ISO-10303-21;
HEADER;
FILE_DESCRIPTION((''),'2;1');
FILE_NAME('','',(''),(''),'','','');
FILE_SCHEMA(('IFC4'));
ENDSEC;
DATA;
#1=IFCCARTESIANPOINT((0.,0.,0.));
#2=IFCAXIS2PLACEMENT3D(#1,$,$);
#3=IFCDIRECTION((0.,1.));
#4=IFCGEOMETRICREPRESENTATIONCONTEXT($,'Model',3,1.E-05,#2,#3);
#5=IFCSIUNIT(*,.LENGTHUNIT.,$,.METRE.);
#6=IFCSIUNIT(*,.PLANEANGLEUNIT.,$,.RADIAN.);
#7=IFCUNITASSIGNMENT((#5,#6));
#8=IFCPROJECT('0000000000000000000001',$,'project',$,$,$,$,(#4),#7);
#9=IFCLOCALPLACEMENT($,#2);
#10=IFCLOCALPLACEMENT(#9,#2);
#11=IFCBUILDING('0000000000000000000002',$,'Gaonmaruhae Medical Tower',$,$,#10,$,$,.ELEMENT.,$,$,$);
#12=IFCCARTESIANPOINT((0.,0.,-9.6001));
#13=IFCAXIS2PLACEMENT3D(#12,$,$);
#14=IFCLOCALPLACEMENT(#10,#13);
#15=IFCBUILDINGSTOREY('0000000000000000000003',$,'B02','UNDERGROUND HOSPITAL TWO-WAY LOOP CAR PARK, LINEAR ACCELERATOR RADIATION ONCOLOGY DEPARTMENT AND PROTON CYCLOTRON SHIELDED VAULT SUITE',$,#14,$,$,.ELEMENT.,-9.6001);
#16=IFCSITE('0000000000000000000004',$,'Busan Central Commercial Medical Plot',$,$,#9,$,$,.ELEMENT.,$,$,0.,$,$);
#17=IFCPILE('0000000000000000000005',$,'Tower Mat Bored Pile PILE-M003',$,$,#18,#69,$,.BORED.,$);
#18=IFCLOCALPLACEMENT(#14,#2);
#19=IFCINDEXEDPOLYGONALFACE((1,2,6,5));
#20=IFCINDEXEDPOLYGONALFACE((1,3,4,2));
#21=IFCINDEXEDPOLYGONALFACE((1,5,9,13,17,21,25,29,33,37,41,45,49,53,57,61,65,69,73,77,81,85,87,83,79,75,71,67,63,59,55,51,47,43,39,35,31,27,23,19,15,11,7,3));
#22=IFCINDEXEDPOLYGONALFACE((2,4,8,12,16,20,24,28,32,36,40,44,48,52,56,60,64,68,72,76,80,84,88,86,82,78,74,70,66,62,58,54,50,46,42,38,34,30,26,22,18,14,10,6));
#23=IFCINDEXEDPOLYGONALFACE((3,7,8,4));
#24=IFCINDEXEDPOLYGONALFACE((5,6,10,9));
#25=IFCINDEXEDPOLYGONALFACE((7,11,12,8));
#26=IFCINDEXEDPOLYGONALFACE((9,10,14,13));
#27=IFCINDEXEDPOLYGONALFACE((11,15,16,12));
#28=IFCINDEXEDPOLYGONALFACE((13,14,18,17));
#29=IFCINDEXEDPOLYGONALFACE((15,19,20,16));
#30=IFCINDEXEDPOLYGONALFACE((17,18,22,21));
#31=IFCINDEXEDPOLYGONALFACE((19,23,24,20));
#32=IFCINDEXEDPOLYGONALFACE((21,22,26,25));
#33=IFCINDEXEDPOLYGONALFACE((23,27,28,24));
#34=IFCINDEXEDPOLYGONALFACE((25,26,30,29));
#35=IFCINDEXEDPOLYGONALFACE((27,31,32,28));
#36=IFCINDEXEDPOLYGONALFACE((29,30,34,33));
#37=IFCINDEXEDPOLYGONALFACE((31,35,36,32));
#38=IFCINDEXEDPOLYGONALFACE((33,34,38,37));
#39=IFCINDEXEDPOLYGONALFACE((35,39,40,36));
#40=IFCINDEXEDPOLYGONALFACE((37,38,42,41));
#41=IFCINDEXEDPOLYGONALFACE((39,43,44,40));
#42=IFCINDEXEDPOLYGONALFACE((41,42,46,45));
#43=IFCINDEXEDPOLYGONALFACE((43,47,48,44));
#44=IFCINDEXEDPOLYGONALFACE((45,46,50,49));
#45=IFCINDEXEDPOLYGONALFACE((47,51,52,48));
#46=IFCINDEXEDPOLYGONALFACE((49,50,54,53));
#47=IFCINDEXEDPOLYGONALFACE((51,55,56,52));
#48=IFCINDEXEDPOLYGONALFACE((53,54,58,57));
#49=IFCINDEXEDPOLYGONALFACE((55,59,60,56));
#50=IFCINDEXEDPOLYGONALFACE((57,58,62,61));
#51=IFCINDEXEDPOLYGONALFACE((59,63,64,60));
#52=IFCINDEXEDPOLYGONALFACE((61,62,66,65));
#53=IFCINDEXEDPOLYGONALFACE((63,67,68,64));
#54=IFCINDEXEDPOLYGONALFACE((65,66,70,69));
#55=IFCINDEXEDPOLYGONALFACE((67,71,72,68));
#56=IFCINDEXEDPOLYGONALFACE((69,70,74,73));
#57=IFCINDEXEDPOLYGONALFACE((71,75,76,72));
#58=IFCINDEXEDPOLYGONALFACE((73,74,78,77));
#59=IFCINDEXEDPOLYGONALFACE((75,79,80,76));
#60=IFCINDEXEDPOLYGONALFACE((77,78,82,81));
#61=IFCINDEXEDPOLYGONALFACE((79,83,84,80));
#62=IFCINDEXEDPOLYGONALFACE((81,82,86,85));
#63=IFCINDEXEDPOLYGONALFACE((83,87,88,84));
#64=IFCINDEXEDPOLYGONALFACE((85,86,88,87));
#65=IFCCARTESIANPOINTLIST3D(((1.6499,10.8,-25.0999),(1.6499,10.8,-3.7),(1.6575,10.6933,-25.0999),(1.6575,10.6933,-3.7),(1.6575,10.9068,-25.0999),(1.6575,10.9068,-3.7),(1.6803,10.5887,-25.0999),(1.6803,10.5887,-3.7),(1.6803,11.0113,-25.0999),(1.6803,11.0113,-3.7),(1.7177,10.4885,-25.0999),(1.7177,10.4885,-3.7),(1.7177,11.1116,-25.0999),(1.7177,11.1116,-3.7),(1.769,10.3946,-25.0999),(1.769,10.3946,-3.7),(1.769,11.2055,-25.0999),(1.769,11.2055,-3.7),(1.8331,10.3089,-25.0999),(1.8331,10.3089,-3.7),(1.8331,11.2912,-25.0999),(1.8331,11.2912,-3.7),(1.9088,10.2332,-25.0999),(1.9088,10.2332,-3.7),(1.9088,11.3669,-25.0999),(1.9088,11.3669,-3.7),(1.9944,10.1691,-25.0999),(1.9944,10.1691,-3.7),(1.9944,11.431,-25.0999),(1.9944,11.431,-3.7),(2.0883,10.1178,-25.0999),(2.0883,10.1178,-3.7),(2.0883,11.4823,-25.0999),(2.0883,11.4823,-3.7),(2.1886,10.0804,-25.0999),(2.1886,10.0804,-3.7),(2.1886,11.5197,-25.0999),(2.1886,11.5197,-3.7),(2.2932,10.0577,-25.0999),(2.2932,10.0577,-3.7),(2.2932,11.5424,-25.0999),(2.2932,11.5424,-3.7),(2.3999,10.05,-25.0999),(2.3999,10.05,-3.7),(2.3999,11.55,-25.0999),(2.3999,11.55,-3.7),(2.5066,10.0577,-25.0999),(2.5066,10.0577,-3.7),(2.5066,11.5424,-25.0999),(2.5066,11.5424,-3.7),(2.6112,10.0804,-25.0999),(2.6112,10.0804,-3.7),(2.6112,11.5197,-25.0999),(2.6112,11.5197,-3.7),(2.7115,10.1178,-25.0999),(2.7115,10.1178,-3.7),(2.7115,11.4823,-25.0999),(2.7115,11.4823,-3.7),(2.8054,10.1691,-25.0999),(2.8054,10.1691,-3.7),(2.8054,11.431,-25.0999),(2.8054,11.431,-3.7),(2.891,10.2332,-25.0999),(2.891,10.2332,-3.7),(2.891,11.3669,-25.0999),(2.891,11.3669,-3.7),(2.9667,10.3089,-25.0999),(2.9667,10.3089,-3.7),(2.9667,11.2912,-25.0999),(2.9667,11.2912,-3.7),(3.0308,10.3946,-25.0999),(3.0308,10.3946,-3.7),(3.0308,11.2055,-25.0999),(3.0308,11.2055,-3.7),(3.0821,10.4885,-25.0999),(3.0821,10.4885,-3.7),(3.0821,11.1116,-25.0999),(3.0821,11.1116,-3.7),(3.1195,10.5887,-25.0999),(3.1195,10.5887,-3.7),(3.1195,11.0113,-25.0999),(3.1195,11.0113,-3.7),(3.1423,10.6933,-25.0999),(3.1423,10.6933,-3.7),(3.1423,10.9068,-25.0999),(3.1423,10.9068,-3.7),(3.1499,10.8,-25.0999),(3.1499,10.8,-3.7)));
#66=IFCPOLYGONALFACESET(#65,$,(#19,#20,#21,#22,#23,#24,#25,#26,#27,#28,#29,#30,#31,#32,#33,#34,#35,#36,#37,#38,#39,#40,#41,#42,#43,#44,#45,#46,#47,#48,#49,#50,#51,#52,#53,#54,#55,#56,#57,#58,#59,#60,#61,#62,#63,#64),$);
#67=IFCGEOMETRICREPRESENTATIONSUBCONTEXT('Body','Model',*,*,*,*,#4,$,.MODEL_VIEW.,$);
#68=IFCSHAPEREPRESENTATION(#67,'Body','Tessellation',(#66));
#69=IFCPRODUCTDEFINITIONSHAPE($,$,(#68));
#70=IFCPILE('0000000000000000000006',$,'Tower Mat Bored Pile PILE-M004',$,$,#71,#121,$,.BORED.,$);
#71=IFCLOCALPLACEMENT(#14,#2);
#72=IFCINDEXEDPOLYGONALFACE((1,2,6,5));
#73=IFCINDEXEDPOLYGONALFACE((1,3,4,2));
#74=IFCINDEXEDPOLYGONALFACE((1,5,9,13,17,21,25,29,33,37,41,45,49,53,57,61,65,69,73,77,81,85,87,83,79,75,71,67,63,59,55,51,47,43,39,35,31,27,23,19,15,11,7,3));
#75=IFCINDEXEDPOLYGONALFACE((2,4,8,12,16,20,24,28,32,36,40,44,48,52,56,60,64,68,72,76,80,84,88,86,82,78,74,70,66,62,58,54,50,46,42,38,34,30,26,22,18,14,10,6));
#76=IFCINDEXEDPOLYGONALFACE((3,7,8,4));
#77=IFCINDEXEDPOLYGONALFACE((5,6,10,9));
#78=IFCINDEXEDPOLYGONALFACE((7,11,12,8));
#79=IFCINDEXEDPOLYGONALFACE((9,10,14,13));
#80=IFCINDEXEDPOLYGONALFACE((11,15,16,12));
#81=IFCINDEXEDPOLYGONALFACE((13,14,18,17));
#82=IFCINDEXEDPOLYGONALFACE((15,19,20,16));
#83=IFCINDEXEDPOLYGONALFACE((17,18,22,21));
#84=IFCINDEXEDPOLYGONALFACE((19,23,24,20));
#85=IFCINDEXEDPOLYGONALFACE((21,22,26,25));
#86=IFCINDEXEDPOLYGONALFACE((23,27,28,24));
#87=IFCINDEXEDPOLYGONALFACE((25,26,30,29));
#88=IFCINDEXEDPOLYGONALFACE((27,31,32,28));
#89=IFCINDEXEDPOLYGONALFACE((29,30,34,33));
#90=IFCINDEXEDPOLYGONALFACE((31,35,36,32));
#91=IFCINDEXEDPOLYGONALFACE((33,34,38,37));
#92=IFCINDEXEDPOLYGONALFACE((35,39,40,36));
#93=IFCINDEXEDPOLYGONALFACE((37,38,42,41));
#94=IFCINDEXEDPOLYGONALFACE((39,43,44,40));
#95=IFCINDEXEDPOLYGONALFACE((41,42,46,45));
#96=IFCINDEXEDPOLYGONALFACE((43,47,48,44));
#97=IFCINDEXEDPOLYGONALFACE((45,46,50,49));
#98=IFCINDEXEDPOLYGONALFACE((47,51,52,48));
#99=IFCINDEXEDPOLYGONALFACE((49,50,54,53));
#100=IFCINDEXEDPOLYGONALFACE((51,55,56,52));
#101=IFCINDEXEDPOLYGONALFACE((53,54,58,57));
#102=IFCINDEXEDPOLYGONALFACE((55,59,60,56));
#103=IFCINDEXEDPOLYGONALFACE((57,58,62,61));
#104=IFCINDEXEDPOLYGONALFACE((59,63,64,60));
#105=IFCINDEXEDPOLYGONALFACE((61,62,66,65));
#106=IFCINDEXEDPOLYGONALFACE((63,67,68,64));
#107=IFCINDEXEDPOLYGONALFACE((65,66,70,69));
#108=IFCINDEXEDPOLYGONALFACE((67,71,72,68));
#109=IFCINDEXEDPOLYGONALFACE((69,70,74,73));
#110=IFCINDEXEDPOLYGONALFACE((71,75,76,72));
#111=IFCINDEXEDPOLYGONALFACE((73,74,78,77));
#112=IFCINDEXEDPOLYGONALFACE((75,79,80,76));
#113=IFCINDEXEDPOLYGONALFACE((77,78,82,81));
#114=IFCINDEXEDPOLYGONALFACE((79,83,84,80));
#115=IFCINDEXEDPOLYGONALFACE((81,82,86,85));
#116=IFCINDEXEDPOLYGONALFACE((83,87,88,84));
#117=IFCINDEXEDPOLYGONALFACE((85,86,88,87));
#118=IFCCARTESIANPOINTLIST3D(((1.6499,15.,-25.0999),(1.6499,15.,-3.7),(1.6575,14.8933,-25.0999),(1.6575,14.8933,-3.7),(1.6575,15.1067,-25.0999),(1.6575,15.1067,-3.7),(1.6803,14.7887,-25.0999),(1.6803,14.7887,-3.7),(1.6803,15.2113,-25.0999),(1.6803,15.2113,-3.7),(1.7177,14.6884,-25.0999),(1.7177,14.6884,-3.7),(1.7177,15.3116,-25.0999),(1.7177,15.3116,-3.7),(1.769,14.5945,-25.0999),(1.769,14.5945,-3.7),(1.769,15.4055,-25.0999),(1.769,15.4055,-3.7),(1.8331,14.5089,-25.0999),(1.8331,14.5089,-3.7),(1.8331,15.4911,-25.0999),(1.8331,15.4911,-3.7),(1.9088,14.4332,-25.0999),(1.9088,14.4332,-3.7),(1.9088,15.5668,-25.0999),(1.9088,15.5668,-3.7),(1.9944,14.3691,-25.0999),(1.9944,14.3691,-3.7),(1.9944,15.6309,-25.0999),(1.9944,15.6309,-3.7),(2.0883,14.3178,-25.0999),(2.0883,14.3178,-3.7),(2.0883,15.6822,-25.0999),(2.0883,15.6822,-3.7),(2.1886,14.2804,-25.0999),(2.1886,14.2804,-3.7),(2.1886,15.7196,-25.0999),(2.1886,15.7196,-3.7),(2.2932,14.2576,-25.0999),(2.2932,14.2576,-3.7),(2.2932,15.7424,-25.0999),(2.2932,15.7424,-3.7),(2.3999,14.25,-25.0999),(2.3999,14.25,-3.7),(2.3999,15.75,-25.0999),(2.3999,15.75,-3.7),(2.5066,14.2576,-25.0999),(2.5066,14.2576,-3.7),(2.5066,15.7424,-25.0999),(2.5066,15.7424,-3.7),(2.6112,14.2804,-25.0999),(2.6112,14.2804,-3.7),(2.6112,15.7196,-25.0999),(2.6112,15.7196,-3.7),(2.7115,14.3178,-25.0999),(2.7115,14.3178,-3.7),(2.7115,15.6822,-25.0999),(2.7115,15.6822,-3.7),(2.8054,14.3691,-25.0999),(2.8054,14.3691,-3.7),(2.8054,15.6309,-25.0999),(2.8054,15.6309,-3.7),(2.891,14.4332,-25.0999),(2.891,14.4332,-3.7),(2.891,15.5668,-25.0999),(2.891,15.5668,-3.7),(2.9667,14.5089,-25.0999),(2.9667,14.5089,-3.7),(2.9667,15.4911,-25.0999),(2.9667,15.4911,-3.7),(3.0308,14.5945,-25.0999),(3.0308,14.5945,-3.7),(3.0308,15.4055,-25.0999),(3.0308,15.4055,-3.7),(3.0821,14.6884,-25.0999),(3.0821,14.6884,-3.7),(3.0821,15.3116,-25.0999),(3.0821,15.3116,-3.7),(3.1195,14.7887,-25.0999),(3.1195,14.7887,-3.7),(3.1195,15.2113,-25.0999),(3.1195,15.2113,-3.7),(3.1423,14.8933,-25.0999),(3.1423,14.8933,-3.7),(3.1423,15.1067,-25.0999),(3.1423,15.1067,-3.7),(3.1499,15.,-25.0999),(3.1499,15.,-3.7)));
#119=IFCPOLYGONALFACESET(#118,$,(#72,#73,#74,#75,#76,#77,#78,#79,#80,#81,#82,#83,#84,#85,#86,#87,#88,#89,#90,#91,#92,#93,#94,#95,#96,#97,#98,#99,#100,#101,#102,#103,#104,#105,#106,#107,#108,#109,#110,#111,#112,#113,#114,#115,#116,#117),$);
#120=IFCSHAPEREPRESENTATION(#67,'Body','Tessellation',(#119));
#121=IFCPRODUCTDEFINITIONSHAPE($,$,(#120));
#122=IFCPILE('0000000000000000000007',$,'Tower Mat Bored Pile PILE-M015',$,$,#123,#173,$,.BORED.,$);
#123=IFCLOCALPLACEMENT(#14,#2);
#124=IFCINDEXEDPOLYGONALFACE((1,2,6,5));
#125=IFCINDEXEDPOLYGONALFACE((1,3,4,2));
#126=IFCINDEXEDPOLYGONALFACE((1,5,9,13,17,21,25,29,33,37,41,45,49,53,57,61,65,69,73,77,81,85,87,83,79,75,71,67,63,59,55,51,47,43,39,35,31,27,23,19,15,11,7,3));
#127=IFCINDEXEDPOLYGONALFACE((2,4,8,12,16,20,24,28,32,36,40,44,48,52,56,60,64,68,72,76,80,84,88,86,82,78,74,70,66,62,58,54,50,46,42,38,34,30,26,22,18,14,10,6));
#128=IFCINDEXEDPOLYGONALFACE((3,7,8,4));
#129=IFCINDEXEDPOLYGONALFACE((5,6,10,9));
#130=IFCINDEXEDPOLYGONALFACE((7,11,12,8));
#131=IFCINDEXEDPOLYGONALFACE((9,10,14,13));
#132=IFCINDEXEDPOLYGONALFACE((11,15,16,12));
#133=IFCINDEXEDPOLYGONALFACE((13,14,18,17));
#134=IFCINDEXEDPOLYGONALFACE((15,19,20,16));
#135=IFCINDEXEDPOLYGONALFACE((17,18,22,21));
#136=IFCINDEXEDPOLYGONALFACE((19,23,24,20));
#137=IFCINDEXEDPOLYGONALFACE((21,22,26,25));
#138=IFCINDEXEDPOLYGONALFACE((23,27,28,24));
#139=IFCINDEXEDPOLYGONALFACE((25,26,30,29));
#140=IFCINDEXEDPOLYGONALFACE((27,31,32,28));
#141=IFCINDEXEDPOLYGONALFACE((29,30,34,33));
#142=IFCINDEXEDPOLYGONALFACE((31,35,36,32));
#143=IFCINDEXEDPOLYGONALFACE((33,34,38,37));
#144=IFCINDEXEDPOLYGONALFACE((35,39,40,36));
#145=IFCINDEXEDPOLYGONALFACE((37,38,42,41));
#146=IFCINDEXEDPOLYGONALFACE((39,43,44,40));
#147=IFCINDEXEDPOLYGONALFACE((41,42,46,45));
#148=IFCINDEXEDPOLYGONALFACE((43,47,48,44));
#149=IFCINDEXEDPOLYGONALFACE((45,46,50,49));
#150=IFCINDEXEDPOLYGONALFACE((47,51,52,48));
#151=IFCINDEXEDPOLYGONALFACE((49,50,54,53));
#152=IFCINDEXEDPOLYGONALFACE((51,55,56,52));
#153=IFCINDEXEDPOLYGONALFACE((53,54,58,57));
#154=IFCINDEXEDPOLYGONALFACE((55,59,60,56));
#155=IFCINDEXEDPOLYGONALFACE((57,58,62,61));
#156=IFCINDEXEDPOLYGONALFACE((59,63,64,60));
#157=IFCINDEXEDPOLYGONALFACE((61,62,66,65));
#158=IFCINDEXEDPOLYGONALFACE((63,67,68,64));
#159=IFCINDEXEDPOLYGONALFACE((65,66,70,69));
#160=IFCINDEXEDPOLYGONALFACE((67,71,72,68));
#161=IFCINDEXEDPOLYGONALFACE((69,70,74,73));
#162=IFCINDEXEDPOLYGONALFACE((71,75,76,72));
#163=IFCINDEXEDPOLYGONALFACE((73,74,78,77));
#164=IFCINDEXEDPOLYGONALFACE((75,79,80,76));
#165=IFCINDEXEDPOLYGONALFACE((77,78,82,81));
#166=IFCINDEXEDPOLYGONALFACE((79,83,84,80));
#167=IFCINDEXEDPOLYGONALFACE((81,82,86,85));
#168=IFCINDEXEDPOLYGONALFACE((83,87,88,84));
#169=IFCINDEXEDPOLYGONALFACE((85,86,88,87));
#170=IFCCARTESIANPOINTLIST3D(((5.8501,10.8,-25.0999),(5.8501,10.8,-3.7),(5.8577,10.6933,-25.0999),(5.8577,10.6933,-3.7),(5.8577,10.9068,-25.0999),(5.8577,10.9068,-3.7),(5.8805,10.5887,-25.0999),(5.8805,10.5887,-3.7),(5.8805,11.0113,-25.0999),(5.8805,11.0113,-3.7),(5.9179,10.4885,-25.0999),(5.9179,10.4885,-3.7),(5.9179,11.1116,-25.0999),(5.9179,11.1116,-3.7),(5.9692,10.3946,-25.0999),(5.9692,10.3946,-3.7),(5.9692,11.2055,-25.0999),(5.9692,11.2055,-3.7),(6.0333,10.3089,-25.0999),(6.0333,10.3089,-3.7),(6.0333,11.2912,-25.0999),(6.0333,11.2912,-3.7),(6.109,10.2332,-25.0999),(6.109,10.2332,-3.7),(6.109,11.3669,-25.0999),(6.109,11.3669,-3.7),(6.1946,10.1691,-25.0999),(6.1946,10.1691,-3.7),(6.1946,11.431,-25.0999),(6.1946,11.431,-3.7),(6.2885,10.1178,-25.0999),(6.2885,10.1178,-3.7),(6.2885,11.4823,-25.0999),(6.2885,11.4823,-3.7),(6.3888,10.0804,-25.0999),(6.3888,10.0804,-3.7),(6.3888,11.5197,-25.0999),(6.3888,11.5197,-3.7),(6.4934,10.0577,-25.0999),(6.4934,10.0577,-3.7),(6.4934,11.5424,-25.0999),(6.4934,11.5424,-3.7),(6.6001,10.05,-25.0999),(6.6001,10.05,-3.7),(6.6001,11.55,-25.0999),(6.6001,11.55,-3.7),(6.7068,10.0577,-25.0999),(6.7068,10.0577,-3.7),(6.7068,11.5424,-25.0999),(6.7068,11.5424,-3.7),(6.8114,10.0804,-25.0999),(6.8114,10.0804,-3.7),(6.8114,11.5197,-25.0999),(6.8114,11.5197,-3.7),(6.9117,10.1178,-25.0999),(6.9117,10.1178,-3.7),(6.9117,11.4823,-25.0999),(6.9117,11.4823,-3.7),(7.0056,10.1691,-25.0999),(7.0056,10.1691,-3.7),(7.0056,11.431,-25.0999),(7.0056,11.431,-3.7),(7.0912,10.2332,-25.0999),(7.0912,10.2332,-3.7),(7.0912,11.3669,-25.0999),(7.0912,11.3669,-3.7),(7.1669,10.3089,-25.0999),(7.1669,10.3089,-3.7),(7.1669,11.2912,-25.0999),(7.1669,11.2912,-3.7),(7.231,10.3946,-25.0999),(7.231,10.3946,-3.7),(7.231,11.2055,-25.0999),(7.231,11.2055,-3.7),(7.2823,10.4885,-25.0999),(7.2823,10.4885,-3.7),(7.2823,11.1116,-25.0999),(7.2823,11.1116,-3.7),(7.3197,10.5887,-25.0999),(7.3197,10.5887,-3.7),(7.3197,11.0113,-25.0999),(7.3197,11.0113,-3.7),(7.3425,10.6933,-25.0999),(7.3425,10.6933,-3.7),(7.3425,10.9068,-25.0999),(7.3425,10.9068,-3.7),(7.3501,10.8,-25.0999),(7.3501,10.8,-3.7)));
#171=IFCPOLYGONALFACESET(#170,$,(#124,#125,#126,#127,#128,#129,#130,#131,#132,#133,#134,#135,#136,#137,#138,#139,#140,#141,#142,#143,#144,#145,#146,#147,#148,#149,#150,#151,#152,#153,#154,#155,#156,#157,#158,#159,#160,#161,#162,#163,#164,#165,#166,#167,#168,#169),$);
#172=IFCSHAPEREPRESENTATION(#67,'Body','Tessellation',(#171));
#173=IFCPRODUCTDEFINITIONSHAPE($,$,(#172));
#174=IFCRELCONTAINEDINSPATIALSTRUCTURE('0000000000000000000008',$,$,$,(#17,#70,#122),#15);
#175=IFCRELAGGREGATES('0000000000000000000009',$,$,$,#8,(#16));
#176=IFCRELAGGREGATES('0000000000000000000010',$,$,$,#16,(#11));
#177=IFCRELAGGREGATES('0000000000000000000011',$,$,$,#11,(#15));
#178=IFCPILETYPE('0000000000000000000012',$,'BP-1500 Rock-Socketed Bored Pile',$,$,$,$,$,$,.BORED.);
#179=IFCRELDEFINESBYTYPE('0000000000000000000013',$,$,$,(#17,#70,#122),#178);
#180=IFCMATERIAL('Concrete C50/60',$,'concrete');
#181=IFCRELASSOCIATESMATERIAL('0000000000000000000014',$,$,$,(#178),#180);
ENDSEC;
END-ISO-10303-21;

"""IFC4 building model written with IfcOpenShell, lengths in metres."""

from ifc_helpers import new_model, si_unit, direction, frame, origin, origin_2d, place, context, subcontext, project, spatial, circle, extrude, material, material_profile, profile_set, type_object, element, save


model = new_model("IFC4")

# Units and contexts
model_context = context("Model", 3, precision=1e-05, world=origin(), true_north=direction((0.0, 1.0)))
body_context = subcontext(model_context, "Body", "Model", "MODEL_VIEW")
ifc_project = project(units=[si_unit("LENGTHUNIT", "METRE"), si_unit("PLANEANGLEUNIT", "RADIAN")], contexts=[model_context])

# Site, building, storey
site_placement = place(None, origin())
site = spatial("IfcSite", under=ifc_project, at=site_placement, Name="Busan Central Commercial Medical Plot", CompositionType="ELEMENT", RefElevation=0.0)
building_placement = place(site_placement, origin())
building = spatial("IfcBuilding", under=site, at=building_placement, Name="Gaonmaruhae Medical Tower", CompositionType="ELEMENT")
storey_placement = place(building_placement, frame((0.0, 0.0, -9.6001)))
storey = spatial("IfcBuildingStorey", under=building, at=storey_placement, Name="B02", Description="UNDERGROUND HOSPITAL TWO-WAY LOOP CAR PARK, LINEAR ACCELERATOR RADIATION ONCOLOGY DEPARTMENT AND PROTON CYCLOTRON SHIELDED VAULT SUITE", CompositionType="ELEMENT", Elevation=-9.6001)

# Piles
ifc_material_1 = material(Name="Concrete C50/60", Category="concrete")
ifc_material_profile_1 = material_profile(ifc_material_1, circle(Radius=0.75, at=origin_2d()), Name="PILE-D1500")
ifc_profile_set_1 = profile_set([ifc_material_profile_1], Name="Concrete C50/60")
pile_type = type_object("IfcPileType", Name="BP-1500 Rock-Socketed Bored Pile", PredefinedType="BORED", material=ifc_profile_set_1)
for number, where, z_axis, x_axis, name in (
    (1, (2.3999, 10.8, -3.7), (0.0, 0.0, -1.0), (1.0, 0.0, 0.0), "Tower Mat Bored Pile PILE-M003"),
    (2, (2.3999, 15.0, -3.7), (0.0, 0.0, -1.0), (1.0, 0.0, 0.0), "Tower Mat Bored Pile PILE-M004"),
    (3, (6.6001, 10.8, -3.7), (0.0, 0.0, -1.0), (1.0, 0.0, 0.0), "Tower Mat Bored Pile PILE-M015"),
):
    element("IfcPile", number, at=place(storey_placement, frame(where, z_axis=z_axis, x_axis=x_axis)), inside=storey, type_object=pile_type, Name=name, PredefinedType="BORED", context=body_context, shape_type="SweptSolid", body=[
        extrude(circle(Radius=0.75, at=origin_2d()), origin(), (0.0, 0.0, 1.0), 21.3999),
    ])

save(model, "model.ifc")
